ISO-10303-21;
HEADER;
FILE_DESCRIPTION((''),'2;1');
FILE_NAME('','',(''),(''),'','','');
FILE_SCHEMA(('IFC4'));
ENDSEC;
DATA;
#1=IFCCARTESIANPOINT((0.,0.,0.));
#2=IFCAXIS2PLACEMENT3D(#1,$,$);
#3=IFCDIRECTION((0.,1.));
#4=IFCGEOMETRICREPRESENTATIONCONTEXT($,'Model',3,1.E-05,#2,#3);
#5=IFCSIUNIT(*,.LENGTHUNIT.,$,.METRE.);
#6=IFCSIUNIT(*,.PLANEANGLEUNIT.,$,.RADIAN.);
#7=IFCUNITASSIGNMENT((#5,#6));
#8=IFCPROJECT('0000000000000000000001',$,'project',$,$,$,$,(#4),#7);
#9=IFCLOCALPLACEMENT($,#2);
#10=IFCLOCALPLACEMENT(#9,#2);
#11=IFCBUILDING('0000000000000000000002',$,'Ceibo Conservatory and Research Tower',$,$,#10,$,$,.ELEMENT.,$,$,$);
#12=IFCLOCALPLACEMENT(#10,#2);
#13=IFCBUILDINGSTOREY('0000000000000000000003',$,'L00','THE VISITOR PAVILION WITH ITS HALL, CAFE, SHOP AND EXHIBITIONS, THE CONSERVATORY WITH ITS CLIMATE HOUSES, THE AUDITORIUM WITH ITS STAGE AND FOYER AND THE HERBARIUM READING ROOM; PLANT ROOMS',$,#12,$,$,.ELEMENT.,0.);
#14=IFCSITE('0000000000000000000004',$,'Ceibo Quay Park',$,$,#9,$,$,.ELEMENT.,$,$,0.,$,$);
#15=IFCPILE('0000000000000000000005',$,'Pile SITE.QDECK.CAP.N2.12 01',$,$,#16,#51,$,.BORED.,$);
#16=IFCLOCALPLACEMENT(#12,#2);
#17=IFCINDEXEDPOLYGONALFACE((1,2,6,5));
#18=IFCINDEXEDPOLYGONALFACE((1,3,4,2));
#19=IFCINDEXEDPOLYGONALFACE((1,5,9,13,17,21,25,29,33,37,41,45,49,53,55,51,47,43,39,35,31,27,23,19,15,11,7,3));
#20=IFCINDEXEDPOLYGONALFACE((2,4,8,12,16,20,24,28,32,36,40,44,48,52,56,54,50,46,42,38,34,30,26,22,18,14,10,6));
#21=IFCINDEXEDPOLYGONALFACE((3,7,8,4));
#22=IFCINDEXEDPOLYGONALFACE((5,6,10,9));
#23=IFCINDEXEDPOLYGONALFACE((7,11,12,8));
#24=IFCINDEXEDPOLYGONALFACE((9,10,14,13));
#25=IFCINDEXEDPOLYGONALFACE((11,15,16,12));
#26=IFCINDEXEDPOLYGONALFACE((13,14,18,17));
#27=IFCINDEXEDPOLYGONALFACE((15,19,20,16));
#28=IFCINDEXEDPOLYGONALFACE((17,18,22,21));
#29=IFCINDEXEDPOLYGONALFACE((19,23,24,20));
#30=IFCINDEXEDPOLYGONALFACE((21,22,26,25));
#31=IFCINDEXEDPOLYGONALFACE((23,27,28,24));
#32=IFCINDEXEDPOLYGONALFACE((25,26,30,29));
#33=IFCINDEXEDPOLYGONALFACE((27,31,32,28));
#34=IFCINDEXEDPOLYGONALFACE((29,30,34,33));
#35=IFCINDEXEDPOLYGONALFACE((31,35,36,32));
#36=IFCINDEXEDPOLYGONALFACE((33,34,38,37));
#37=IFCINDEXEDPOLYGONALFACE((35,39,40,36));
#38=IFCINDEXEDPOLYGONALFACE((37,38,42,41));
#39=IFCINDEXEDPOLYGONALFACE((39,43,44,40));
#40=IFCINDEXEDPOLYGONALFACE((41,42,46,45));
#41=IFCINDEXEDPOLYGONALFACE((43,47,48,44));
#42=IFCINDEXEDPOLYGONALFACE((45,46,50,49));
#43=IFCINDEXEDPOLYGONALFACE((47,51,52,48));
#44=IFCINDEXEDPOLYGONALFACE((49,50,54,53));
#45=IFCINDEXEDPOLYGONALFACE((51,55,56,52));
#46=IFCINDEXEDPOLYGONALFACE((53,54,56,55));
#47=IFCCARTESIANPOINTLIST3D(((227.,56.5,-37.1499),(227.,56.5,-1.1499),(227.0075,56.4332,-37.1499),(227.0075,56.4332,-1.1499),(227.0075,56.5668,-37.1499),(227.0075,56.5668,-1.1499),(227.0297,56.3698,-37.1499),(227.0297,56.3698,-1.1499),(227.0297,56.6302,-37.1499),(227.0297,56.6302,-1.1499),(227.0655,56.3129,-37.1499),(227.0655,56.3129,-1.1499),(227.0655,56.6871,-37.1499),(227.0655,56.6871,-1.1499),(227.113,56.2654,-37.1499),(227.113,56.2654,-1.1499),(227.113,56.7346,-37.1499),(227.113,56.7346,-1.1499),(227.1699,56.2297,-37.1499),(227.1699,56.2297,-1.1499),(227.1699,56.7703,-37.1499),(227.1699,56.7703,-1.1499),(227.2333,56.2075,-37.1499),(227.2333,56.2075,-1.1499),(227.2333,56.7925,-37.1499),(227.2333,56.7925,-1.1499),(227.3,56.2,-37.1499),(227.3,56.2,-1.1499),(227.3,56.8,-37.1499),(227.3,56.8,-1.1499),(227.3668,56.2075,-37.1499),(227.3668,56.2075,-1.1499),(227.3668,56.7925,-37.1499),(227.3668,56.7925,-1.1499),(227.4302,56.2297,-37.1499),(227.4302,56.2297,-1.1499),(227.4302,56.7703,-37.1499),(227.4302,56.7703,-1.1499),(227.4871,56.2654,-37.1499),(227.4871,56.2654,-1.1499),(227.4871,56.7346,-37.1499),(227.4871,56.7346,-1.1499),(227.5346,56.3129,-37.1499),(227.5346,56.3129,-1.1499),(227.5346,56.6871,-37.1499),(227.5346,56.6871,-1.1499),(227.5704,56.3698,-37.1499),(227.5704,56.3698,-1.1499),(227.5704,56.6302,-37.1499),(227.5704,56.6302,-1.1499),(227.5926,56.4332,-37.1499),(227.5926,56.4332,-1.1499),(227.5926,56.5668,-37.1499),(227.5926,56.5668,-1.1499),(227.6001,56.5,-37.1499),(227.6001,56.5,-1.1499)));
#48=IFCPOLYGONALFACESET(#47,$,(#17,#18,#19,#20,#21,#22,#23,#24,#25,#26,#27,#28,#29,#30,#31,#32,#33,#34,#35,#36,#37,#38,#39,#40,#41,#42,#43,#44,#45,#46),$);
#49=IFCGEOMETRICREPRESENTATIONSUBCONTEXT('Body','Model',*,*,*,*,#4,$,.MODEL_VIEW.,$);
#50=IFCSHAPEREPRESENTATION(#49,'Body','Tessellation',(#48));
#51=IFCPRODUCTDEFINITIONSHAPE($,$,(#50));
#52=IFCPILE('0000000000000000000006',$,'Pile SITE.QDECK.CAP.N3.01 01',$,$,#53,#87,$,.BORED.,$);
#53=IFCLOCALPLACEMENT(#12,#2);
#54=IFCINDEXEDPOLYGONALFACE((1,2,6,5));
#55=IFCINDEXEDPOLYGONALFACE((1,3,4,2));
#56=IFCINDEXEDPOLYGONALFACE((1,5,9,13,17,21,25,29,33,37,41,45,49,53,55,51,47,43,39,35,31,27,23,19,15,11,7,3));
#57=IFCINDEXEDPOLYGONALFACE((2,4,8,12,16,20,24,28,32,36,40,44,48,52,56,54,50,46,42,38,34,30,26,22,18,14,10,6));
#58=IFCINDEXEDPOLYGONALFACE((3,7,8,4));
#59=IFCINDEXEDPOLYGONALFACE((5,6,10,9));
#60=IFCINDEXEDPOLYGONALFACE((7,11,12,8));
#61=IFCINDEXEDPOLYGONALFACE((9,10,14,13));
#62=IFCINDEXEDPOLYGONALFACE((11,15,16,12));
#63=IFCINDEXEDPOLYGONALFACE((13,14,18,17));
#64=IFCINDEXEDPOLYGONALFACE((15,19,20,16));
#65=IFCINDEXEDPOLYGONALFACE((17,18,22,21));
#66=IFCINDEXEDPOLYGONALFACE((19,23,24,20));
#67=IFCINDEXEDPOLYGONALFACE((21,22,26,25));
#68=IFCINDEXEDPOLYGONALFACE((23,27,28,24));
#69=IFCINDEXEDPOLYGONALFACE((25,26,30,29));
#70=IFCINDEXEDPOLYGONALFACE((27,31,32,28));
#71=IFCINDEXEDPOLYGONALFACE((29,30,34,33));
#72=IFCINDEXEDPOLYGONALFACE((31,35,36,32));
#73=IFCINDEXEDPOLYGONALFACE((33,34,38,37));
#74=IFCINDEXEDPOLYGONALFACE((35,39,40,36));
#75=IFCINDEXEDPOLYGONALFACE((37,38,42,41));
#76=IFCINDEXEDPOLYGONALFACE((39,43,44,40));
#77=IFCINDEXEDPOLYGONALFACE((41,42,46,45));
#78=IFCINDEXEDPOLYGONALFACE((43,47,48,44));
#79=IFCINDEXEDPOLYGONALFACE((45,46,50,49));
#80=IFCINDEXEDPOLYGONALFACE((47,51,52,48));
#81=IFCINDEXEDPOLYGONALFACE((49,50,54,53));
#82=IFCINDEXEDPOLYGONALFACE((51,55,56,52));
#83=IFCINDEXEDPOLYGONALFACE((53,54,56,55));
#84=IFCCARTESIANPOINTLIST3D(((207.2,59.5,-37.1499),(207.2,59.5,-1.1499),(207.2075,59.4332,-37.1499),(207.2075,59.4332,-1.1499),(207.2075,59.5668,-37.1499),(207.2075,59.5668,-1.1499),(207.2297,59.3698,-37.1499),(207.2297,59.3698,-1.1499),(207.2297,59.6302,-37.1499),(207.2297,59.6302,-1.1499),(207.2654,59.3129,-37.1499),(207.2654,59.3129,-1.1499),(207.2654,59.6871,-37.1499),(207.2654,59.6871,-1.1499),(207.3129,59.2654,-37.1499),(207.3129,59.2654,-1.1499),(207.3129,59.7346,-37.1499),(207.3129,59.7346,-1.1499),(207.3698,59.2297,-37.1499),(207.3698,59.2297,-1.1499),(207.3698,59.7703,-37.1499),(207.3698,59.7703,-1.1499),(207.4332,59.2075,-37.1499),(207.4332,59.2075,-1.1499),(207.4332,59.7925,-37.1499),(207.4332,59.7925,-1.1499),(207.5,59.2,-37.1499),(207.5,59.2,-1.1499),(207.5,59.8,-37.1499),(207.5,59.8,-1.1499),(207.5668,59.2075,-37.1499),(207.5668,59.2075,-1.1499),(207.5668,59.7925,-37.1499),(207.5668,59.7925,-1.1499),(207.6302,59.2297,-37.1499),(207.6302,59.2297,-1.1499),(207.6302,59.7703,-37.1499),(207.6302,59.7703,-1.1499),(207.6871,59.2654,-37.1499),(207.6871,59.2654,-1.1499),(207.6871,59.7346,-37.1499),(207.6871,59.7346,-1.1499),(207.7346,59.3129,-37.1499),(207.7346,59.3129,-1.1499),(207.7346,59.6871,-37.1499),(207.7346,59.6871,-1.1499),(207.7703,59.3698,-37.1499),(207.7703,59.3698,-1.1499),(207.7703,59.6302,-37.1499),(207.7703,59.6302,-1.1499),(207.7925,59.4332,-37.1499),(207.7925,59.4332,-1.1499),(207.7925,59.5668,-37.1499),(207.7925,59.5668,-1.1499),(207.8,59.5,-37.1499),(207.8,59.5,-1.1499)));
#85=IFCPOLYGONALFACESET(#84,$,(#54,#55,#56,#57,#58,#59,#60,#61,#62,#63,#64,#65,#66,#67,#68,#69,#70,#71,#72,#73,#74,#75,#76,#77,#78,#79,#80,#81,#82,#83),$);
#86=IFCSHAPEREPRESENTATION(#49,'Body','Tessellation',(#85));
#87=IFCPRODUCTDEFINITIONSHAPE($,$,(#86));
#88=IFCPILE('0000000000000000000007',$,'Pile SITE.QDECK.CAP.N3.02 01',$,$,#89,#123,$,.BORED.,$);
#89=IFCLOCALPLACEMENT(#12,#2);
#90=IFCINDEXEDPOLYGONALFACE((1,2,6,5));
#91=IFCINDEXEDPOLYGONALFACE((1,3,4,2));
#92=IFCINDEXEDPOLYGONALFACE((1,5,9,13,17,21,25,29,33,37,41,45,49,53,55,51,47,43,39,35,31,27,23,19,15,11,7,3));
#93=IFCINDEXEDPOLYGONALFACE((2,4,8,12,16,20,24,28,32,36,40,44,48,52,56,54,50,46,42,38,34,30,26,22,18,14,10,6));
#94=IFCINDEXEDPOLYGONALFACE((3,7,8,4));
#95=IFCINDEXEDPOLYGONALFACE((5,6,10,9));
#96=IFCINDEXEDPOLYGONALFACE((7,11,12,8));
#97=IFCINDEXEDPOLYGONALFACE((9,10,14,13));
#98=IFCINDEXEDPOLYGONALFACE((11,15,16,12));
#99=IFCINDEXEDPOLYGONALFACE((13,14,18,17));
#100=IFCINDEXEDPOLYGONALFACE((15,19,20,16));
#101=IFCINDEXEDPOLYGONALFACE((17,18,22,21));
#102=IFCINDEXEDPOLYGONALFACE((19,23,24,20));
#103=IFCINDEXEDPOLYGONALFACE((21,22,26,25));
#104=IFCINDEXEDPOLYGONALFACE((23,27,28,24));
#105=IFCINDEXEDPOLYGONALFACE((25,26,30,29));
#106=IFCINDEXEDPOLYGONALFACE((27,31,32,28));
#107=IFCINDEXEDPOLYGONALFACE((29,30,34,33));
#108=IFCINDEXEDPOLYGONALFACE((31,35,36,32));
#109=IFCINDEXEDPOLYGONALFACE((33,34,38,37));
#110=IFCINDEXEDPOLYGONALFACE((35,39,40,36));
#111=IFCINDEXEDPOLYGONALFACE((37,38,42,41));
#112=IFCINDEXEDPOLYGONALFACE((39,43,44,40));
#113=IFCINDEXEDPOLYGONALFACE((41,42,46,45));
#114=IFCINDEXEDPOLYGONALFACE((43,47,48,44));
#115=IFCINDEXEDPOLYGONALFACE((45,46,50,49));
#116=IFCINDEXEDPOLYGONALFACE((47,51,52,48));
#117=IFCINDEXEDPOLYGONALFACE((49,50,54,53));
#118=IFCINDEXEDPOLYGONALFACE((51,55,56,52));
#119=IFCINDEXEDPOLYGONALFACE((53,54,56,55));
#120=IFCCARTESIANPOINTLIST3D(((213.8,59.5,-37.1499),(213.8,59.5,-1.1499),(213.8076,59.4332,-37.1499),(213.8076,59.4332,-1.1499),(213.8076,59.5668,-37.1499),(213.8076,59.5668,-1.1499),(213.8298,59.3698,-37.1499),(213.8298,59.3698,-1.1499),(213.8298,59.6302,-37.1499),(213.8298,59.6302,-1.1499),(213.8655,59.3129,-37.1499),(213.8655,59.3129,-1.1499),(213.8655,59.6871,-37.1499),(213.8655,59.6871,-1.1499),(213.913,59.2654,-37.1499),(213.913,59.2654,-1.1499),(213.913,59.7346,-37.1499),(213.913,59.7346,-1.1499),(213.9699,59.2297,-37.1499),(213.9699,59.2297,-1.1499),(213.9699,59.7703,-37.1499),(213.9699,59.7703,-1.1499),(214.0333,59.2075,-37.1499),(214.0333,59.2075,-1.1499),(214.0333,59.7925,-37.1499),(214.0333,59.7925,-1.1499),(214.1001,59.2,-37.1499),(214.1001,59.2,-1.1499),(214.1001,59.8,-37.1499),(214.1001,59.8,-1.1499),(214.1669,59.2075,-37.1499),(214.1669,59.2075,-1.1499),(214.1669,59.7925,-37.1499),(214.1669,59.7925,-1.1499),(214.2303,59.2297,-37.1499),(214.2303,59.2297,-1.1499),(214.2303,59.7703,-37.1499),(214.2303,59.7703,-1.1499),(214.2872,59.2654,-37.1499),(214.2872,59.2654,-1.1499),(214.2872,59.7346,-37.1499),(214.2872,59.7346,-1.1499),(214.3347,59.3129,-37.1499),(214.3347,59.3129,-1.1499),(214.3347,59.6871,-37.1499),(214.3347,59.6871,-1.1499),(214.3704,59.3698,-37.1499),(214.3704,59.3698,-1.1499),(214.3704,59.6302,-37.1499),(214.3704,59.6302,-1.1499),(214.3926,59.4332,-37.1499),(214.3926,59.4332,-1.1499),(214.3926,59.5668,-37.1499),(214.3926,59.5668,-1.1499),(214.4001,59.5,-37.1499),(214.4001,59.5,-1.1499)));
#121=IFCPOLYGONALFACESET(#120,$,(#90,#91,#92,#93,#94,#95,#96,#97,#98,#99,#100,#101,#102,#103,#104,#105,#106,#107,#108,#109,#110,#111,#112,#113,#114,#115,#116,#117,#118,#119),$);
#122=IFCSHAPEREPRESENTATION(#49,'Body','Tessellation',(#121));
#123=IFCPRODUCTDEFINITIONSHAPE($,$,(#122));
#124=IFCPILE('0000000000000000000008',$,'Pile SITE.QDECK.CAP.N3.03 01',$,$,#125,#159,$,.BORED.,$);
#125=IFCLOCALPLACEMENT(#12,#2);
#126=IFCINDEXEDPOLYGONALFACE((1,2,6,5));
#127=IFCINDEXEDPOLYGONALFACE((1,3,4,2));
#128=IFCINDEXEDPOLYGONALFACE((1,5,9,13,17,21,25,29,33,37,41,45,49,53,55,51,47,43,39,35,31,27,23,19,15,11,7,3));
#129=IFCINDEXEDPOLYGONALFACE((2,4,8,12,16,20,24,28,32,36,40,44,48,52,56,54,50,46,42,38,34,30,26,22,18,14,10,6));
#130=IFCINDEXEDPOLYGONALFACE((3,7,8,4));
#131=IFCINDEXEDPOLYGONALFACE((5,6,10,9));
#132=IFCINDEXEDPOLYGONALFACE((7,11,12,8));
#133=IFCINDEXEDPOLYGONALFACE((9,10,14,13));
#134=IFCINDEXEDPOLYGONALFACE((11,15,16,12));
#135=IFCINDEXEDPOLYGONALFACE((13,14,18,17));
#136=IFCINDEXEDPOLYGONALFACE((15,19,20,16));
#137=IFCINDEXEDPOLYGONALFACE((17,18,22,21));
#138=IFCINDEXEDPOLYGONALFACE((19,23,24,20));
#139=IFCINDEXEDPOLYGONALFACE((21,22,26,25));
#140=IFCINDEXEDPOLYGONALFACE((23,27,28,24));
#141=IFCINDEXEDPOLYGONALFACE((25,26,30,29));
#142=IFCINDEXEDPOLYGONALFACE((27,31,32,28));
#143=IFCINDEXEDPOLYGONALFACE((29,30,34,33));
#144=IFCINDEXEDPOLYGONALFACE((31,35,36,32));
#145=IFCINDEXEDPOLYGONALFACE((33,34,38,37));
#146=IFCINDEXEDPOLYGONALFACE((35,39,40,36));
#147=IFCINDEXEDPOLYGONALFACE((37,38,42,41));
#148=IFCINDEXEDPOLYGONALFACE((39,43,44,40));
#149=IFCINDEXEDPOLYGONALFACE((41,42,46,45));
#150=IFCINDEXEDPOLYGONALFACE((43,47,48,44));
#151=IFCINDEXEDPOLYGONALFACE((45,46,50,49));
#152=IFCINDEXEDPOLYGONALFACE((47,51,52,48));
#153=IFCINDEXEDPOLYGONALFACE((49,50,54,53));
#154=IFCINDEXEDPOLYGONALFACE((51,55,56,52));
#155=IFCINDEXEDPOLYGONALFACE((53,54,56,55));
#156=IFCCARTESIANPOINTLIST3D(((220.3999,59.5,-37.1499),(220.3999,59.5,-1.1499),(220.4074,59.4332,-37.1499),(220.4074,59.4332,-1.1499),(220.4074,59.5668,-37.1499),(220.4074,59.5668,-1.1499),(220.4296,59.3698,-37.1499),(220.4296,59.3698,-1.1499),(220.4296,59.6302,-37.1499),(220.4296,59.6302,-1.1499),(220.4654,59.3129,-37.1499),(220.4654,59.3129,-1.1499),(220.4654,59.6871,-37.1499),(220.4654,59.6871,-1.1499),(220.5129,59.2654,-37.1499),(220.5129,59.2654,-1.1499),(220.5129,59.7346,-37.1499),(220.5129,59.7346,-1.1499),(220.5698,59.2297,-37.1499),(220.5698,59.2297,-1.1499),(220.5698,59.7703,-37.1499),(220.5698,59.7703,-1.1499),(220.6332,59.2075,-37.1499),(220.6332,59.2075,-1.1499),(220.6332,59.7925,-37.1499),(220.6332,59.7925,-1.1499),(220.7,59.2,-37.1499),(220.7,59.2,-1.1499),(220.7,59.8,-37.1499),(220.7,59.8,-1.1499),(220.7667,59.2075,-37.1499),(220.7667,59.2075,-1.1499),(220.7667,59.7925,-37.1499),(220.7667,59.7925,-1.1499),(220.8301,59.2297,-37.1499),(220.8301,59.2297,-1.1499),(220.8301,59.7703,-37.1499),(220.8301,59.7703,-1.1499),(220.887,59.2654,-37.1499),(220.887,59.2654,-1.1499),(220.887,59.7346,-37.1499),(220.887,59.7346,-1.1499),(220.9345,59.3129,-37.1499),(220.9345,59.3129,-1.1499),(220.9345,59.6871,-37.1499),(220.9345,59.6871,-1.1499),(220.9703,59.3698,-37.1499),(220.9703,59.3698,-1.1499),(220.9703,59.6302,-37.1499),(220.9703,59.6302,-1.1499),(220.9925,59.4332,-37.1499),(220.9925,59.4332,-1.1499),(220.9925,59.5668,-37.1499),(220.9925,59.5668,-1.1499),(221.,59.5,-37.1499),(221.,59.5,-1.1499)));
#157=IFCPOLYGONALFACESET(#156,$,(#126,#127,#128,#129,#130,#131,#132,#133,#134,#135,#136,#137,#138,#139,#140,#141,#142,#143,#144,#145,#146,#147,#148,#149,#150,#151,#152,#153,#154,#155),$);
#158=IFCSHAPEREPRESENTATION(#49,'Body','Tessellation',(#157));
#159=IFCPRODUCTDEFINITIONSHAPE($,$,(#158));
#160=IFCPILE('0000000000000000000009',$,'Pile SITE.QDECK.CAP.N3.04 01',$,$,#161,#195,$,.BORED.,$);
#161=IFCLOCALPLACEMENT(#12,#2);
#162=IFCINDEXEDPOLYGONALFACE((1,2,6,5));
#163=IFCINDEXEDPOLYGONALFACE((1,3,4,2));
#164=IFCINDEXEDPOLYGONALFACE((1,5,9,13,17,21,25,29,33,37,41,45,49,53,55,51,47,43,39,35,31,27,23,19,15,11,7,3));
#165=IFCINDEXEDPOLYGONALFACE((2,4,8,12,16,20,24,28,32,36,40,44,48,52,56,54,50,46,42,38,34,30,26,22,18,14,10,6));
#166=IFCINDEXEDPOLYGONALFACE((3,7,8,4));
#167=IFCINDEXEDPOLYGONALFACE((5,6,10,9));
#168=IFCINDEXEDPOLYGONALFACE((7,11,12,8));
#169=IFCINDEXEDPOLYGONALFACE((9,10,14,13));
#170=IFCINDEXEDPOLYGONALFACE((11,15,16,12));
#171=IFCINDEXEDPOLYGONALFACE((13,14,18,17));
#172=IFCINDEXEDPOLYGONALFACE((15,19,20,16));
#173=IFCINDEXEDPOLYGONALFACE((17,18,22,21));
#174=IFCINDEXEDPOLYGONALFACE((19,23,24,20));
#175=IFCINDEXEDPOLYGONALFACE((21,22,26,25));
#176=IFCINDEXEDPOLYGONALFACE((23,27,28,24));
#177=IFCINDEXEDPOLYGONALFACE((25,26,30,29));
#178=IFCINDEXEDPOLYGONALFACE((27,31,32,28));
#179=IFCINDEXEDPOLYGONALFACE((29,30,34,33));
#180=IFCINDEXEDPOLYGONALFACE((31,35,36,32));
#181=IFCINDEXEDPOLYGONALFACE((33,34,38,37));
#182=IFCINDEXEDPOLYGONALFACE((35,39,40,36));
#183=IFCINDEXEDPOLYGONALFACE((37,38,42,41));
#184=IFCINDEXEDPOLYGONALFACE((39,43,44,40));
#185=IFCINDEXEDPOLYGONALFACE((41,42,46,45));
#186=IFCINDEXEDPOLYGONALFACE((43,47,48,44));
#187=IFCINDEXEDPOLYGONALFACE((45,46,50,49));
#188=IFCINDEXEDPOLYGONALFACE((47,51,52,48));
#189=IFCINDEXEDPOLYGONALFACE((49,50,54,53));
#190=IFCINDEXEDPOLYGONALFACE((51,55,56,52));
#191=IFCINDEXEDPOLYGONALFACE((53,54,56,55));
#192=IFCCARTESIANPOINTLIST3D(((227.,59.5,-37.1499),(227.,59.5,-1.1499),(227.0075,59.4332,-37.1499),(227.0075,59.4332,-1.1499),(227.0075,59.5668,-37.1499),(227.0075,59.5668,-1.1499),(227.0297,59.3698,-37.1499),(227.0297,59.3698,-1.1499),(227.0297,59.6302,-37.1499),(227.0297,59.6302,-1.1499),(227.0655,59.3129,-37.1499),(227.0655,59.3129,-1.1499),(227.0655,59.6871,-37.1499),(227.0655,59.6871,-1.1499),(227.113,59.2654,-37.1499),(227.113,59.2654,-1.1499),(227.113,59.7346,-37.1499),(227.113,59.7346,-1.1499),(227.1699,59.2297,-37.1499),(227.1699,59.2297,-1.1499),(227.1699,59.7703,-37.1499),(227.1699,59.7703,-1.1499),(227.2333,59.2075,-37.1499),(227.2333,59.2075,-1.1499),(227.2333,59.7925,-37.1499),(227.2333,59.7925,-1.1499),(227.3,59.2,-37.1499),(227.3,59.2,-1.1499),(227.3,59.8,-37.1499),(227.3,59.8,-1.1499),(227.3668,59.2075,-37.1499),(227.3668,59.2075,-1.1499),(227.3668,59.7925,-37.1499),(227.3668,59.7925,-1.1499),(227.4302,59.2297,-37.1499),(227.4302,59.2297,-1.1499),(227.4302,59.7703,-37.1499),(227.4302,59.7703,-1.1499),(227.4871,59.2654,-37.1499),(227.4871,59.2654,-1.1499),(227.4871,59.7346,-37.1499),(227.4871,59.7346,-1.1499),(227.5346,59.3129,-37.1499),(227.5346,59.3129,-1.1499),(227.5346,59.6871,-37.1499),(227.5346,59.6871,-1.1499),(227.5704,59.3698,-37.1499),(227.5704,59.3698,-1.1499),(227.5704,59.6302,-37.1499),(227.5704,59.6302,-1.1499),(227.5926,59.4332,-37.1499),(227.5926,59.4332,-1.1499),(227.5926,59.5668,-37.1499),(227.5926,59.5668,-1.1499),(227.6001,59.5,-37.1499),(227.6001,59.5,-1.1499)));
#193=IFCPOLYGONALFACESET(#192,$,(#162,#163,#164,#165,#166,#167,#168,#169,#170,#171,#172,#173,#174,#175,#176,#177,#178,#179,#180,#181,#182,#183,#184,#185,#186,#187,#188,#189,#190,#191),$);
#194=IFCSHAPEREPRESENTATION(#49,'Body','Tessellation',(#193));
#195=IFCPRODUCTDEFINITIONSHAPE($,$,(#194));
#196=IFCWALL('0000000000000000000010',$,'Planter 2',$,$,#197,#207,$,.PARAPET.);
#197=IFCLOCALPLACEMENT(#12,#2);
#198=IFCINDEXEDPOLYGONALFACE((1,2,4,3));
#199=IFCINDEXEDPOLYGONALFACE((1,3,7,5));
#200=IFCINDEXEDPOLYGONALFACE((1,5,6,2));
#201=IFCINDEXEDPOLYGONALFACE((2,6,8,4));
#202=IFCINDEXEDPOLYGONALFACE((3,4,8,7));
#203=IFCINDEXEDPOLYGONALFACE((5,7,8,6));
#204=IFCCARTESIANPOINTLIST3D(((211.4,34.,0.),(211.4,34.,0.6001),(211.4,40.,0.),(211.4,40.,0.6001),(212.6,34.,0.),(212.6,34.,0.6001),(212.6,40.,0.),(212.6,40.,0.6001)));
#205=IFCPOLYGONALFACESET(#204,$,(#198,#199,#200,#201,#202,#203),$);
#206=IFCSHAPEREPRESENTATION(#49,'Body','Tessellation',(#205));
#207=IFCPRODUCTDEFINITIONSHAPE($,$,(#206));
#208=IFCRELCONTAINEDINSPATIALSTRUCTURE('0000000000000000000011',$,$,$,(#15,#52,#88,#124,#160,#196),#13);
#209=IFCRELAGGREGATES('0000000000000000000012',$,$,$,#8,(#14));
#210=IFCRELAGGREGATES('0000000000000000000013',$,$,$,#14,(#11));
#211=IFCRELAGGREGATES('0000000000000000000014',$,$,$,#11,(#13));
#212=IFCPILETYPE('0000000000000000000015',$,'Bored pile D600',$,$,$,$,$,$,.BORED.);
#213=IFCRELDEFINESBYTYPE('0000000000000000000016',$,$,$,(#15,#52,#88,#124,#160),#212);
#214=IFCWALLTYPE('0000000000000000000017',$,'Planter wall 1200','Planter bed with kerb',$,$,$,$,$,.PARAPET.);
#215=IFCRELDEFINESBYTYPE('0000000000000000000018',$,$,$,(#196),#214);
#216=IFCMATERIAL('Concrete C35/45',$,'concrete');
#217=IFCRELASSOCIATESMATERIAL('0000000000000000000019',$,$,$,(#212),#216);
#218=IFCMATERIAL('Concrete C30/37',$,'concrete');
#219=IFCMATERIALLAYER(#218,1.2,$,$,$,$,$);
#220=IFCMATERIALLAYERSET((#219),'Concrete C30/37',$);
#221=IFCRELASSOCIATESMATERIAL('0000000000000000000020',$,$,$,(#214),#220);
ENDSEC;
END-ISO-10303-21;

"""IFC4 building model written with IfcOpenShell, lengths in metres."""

from ifc_helpers import new_model, si_unit, direction, frame, frame_2d, origin, origin_2d, place, context, subcontext, project, spatial, rectangle, circle, extrude, material, layer, layer_set, material_profile, profile_set, type_object, element, save


model = new_model("IFC4")

# Units and contexts
model_context = context("Model", 3, precision=1e-05, world=origin(), true_north=direction((0.0, 1.0)))
body_context = subcontext(model_context, "Body", "Model", "MODEL_VIEW")
ifc_project = project(units=[si_unit("LENGTHUNIT", "METRE"), si_unit("PLANEANGLEUNIT", "RADIAN")], contexts=[model_context])

# Site, building, storey
site_placement = place(None, origin())
site = spatial("IfcSite", under=ifc_project, at=site_placement, Name="Ceibo Quay Park", CompositionType="ELEMENT", RefElevation=0.0)
building_placement = place(site_placement, origin())
building = spatial("IfcBuilding", under=site, at=building_placement, Name="Ceibo Conservatory and Research Tower", CompositionType="ELEMENT")
storey_placement = place(building_placement, origin())
storey = spatial("IfcBuildingStorey", under=building, at=storey_placement, Name="L00", Description="THE VISITOR PAVILION WITH ITS HALL, CAFE, SHOP AND EXHIBITIONS, THE CONSERVATORY WITH ITS CLIMATE HOUSES, THE AUDITORIUM WITH ITS STAGE AND FOYER AND THE HERBARIUM READING ROOM; PLANT ROOMS", CompositionType="ELEMENT", Elevation=0.0)

# Piles
ifc_material_1 = material(Name="Concrete C35/45", Category="concrete")
ifc_material_profile = material_profile(ifc_material_1, circle(Radius=0.3, at=origin_2d()), Name="RC D600")
ifc_profile_set = profile_set([ifc_material_profile], Name="Concrete C35/45")
pile_type = type_object("IfcPileType", Name="Bored pile D600", PredefinedType="BORED", material=ifc_profile_set)
for number, where, z_axis, x_axis, name in (
    (1, (227.3, 56.5, -1.1499), (0.0, 0.0, -1.0), (1.0, 0.0, 0.0), "Pile SITE.QDECK.CAP.N2.12 01"),
    (2, (207.5, 59.5, -1.1499), (0.0, 0.0, -1.0), (1.0, 0.0, 0.0), "Pile SITE.QDECK.CAP.N3.01 01"),
    (3, (214.1001, 59.5, -1.1499), (0.0, 0.0, -1.0), (1.0, 0.0, 0.0), "Pile SITE.QDECK.CAP.N3.02 01"),
    (4, (220.7, 59.5, -1.1499), (0.0, 0.0, -1.0), (1.0, 0.0, 0.0), "Pile SITE.QDECK.CAP.N3.03 01"),
    (5, (227.3, 59.5, -1.1499), (0.0, 0.0, -1.0), (1.0, 0.0, 0.0), "Pile SITE.QDECK.CAP.N3.04 01"),
):
    element("IfcPile", number, at=place(storey_placement, frame(where, z_axis=z_axis, x_axis=x_axis)), inside=storey, type_object=pile_type, Name=name, PredefinedType="BORED", context=body_context, shape_type="SweptSolid", body=[
        extrude(circle(Radius=0.3, at=origin_2d()), origin(), (0.0, 0.0, 1.0), 36.0),
    ])

# Wall
ifc_material_2 = material(Name="Concrete C30/37", Category="concrete")
ifc_layer_1 = layer(ifc_material_2, 1.2)
ifc_layer_set_1 = layer_set([ifc_layer_1], Name="Concrete C30/37")
wall_type_1 = type_object("IfcWallType", Name="Planter wall 1200", Description="Planter bed with kerb", PredefinedType="PARAPET", material=ifc_layer_set_1)
for number, where, z_axis, x_axis, name in (
    (6, (212.0, 34.0, 0.0), (0.0, 0.0, 1.0), (0.0, 1.0, 0.0), "Planter 2"),
):
    element("IfcWall", number, at=place(storey_placement, frame(where, z_axis=z_axis, x_axis=x_axis)), inside=storey, type_object=wall_type_1, Name=name, PredefinedType="PARAPET", context=body_context, shape_type="SweptSolid", body=[
        extrude(rectangle(XDim=6.0, YDim=1.2, at=frame_2d((3.0, 0.0))), origin(), (0.0, 0.0, 1.0), 0.6001),
    ])

save(model, "model.ifc")
